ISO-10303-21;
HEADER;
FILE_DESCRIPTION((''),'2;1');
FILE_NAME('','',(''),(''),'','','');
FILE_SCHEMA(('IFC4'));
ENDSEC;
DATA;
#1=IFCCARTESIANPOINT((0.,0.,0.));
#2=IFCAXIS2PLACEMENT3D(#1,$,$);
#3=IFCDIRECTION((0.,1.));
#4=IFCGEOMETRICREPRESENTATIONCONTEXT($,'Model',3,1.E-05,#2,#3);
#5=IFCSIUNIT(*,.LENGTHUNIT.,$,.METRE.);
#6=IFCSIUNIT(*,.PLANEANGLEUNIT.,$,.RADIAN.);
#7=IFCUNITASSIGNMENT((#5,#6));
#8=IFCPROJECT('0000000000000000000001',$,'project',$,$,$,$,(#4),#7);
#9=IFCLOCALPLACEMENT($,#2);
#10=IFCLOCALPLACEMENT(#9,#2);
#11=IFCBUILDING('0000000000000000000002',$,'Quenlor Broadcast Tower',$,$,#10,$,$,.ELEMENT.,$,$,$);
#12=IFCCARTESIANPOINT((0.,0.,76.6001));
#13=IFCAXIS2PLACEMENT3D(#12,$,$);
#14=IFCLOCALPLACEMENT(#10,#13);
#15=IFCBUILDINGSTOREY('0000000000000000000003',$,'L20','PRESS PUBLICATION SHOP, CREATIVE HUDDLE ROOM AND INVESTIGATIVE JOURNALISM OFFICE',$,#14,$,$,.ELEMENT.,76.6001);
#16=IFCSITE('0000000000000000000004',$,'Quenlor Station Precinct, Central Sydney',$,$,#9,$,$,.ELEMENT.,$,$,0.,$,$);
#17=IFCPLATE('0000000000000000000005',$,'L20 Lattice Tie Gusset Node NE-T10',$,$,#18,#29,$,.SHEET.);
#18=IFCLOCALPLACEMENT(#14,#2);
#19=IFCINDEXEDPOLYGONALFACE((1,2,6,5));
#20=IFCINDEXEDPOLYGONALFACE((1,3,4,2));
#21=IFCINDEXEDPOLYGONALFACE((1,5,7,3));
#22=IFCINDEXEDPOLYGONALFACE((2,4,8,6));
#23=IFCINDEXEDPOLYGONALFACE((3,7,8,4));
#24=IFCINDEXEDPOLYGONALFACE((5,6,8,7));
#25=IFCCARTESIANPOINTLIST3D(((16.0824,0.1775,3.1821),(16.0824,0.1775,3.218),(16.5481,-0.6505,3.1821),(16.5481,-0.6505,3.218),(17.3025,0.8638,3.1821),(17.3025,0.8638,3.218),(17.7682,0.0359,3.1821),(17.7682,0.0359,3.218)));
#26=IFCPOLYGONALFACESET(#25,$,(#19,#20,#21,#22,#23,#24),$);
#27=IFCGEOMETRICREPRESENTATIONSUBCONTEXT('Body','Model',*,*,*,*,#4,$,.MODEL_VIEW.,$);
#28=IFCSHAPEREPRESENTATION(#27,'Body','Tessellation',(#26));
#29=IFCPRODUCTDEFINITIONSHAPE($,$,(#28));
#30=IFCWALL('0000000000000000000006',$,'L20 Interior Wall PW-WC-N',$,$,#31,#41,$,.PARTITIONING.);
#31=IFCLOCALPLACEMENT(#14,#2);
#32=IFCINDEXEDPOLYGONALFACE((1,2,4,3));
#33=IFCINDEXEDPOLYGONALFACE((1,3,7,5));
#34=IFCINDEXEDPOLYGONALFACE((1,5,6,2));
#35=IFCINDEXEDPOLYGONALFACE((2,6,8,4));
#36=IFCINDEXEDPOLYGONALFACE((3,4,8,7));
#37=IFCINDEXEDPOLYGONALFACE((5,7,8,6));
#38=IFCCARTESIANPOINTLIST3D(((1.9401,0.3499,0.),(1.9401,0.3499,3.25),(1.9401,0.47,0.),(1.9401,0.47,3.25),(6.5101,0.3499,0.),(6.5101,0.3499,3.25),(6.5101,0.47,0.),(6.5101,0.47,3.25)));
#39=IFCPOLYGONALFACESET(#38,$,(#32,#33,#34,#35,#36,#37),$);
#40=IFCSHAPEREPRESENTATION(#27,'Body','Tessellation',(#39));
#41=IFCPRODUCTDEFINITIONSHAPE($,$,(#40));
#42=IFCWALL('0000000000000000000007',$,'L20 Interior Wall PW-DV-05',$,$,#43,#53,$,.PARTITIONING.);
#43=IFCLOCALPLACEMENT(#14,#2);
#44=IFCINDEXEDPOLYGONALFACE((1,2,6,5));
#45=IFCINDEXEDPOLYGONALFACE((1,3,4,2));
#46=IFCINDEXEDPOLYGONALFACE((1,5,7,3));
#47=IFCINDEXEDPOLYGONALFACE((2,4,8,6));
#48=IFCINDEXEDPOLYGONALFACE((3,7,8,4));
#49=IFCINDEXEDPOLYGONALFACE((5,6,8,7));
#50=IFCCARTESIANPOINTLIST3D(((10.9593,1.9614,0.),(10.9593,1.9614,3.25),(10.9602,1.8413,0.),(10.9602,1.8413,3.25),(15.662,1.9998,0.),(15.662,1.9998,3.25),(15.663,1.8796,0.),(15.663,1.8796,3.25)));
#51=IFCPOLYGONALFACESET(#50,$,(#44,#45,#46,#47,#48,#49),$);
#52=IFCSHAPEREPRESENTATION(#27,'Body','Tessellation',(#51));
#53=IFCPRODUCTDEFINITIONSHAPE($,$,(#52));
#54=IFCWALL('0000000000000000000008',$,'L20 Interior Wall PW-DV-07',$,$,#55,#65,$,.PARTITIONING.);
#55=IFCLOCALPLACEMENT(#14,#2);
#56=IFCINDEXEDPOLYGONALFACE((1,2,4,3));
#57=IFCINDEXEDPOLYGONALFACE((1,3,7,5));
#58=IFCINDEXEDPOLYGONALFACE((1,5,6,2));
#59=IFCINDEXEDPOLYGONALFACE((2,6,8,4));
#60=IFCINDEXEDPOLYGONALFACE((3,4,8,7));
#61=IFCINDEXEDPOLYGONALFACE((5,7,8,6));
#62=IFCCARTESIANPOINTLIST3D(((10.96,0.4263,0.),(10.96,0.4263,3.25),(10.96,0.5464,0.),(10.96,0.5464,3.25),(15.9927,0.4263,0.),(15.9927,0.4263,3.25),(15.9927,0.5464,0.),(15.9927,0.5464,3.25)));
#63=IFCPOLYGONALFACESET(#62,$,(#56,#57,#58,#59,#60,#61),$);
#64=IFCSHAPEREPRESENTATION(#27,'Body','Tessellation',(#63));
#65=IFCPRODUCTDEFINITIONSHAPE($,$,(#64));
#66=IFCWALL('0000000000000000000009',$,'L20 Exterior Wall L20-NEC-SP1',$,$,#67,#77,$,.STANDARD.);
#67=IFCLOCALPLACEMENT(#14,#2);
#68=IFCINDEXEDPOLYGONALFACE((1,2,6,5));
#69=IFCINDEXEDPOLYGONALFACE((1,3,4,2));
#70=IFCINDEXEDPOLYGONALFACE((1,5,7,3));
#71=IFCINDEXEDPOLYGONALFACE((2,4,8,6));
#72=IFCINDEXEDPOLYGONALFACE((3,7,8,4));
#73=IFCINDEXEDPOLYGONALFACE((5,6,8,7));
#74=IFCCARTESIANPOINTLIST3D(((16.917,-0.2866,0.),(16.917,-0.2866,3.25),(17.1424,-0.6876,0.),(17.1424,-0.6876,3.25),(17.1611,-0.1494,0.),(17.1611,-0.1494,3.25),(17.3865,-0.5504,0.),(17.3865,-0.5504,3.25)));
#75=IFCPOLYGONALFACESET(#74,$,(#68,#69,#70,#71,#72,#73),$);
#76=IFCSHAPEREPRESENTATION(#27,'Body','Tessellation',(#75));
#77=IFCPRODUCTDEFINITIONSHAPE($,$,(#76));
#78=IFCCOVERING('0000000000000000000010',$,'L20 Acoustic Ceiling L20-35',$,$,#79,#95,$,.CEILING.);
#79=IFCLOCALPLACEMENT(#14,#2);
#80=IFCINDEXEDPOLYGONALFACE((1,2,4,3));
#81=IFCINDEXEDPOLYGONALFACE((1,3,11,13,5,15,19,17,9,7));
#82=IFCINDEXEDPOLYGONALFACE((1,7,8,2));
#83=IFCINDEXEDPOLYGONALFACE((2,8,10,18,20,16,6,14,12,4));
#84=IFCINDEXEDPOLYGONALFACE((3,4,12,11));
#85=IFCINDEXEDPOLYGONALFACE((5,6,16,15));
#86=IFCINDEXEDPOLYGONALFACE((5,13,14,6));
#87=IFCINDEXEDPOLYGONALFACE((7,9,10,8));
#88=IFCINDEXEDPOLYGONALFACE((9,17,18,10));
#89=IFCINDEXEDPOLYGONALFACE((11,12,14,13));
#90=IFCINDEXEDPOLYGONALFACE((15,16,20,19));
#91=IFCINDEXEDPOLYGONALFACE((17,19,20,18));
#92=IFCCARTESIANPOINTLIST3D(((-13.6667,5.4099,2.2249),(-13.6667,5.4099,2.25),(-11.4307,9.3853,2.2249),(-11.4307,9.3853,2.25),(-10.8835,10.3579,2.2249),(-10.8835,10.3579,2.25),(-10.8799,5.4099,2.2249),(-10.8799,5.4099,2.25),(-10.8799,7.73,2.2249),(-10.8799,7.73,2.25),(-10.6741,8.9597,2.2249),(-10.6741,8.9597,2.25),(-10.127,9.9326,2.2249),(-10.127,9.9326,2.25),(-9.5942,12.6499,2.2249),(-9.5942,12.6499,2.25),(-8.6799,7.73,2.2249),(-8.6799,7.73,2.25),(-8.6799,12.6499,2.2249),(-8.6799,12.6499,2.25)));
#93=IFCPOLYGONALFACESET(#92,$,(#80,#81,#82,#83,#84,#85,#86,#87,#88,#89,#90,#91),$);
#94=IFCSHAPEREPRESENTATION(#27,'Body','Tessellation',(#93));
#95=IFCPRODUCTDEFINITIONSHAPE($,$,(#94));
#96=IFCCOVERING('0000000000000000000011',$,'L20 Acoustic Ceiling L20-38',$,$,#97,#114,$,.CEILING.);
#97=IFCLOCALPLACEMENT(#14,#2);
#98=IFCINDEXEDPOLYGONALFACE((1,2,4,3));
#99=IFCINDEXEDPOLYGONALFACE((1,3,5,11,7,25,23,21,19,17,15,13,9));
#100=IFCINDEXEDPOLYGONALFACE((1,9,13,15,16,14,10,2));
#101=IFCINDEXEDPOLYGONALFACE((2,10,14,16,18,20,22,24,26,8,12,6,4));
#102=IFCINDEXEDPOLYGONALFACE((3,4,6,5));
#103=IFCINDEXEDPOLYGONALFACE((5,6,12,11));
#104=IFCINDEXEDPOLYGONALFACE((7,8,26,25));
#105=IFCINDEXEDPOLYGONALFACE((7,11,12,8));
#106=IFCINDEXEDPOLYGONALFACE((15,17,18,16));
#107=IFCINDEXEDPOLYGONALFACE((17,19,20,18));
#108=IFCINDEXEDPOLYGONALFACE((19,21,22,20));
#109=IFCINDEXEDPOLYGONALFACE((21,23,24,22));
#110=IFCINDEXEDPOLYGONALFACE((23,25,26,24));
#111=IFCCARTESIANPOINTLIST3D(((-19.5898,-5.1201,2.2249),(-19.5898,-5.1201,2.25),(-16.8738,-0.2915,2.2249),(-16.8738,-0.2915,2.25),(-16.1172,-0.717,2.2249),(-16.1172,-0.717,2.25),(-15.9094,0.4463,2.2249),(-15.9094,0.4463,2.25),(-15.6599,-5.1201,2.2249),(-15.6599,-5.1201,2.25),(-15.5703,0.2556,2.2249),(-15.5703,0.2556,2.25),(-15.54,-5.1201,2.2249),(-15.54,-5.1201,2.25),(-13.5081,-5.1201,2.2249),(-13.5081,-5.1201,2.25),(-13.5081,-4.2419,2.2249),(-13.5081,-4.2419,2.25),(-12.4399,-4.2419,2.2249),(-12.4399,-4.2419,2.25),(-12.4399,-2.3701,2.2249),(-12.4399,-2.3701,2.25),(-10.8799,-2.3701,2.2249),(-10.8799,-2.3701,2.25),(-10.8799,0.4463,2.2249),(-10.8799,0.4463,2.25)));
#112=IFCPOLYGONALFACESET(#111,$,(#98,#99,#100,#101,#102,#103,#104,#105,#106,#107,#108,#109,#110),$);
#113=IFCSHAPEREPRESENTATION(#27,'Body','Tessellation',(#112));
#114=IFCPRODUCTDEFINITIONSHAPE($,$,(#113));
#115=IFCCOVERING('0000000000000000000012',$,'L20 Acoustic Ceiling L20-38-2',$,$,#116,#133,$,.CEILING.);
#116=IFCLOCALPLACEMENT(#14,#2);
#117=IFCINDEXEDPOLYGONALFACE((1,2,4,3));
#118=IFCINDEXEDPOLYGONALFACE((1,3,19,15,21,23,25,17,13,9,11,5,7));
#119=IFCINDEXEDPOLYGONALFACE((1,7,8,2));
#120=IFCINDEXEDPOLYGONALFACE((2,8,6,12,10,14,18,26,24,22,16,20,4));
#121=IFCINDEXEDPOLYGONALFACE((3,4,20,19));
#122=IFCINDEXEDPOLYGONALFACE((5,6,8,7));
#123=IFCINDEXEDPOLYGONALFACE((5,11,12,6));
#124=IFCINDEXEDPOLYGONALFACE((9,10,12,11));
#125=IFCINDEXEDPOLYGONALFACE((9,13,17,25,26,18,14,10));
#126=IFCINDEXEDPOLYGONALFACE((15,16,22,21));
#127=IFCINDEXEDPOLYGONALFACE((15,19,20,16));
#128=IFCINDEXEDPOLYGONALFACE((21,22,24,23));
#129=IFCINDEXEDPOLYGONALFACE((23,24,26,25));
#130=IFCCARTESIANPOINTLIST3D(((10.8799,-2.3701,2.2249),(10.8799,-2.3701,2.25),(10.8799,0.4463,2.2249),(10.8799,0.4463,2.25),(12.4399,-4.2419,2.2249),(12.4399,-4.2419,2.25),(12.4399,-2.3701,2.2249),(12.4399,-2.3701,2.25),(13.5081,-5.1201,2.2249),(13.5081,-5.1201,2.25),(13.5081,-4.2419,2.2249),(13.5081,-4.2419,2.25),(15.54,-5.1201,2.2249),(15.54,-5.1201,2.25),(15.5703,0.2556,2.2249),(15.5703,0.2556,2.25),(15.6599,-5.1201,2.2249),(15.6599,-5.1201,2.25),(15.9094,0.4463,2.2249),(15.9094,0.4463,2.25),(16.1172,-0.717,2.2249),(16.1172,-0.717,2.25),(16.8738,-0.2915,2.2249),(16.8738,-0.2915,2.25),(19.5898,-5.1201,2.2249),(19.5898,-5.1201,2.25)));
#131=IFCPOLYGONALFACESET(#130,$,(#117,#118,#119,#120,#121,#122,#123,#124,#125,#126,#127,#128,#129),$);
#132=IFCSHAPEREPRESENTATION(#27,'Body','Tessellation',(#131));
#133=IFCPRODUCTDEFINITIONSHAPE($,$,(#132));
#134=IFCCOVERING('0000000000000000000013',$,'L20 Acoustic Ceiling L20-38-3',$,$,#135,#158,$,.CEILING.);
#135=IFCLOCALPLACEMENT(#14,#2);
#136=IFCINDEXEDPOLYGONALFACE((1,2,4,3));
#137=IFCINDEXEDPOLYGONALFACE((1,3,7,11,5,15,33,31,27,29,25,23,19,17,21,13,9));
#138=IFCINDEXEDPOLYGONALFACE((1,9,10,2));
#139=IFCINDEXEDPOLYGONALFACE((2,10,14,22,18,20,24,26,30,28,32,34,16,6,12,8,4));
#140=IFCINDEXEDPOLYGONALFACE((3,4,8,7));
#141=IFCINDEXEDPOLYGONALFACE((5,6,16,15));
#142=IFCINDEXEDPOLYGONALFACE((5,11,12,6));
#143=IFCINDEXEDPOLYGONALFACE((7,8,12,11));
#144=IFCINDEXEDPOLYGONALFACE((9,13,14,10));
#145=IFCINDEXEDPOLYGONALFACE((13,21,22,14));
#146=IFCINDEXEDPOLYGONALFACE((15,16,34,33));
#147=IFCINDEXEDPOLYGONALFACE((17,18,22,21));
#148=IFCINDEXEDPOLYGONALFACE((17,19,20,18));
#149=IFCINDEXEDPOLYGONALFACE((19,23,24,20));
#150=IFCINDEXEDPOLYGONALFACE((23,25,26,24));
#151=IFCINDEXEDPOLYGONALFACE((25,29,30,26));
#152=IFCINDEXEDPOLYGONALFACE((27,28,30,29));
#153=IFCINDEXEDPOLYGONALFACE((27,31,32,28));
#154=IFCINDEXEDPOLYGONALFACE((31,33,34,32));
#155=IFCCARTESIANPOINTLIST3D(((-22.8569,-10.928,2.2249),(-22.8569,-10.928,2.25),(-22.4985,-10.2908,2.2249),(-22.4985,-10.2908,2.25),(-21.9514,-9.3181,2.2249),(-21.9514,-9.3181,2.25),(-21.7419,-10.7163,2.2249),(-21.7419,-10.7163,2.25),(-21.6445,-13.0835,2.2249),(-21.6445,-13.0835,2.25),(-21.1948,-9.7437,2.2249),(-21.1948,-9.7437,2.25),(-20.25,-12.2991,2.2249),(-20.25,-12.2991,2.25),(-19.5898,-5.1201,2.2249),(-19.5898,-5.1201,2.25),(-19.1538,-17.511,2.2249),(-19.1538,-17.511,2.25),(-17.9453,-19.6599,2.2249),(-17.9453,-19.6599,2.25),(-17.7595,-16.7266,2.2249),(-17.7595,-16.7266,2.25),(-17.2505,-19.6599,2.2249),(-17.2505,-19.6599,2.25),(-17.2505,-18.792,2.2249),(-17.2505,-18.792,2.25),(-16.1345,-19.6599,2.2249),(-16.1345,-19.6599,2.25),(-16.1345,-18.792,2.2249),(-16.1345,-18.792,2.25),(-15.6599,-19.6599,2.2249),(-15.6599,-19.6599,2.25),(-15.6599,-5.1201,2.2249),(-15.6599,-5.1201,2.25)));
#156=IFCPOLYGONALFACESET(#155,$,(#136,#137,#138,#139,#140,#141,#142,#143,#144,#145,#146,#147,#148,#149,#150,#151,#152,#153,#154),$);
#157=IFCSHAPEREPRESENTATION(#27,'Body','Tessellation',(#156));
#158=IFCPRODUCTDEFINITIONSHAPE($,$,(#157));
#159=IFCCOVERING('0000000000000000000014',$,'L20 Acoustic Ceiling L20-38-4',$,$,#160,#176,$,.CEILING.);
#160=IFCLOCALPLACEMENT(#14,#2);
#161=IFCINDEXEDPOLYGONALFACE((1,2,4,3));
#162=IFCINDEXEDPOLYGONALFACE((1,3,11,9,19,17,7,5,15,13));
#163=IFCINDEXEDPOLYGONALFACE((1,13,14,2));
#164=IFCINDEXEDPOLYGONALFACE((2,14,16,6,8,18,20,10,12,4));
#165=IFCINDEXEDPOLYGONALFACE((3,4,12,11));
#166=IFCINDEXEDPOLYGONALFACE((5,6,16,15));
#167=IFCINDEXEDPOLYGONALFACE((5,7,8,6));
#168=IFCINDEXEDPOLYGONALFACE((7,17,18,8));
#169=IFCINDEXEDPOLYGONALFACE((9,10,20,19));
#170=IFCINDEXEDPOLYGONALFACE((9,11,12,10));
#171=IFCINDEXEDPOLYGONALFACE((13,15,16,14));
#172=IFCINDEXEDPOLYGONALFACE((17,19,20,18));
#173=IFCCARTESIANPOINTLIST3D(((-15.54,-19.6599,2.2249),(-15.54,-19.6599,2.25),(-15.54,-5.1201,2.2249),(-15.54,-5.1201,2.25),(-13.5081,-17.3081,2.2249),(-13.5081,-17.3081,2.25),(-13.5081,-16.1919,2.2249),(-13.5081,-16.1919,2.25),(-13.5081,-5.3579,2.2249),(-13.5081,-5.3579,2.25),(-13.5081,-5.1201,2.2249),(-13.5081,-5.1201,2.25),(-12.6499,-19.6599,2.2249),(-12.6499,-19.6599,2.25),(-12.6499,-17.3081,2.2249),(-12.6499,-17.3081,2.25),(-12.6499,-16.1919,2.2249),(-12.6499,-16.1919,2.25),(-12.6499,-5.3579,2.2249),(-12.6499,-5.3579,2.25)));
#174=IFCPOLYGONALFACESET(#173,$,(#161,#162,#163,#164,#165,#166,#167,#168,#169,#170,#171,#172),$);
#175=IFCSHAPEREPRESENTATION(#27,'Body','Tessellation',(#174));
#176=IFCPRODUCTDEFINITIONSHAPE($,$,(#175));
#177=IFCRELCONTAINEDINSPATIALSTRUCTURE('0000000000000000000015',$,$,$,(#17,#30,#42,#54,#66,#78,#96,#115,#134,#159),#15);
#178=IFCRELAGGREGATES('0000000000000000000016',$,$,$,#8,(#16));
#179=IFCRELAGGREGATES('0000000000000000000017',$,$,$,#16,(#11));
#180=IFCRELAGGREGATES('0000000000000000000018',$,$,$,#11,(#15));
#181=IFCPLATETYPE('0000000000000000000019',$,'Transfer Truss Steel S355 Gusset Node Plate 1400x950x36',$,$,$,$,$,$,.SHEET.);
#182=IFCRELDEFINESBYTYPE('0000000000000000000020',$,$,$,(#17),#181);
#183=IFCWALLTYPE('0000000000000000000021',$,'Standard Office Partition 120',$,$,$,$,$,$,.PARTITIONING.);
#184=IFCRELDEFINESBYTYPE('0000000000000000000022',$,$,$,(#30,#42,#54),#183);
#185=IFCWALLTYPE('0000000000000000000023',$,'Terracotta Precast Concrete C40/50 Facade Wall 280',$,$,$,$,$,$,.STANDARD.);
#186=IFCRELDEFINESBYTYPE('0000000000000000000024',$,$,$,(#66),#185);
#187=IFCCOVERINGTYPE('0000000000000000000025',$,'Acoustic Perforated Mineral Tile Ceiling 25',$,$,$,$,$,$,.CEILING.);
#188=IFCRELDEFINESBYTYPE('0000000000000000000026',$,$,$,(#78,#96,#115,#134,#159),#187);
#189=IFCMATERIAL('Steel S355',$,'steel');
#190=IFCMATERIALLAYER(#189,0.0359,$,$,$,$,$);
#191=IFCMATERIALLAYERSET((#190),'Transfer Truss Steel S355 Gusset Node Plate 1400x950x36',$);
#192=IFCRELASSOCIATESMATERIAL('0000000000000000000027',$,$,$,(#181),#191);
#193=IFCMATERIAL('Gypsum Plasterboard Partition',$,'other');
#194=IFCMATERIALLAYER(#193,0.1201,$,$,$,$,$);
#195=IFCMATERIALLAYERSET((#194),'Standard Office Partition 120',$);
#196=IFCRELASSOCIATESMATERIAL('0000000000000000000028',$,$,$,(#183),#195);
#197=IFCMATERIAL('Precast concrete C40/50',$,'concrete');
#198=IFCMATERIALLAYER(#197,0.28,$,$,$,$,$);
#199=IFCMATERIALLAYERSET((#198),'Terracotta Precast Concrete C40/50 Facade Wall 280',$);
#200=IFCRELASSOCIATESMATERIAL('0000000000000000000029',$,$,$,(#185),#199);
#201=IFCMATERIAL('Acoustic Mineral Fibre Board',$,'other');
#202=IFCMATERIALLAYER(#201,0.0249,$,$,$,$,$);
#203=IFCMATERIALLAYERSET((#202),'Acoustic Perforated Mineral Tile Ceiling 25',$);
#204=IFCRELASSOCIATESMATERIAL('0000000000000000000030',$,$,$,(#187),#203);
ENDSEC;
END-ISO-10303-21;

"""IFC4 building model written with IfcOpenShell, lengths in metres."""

from ifc_helpers import new_model, si_unit, direction, frame, frame_2d, origin, origin_2d, place, context, subcontext, project, spatial, polyline, rectangle, outline, extrude, material, layer, layer_set, type_object, element, save


model = new_model("IFC4")

# Units and contexts
model_context = context("Model", 3, precision=1e-05, world=origin(), true_north=direction((0.0, 1.0)))
body_context = subcontext(model_context, "Body", "Model", "MODEL_VIEW")
ifc_project = project(units=[si_unit("LENGTHUNIT", "METRE"), si_unit("PLANEANGLEUNIT", "RADIAN")], contexts=[model_context])

# Site, building, storey
site_placement = place(None, origin())
site = spatial("IfcSite", under=ifc_project, at=site_placement, Name="Quenlor Station Precinct, Central Sydney", CompositionType="ELEMENT", RefElevation=0.0)
building_placement = place(site_placement, origin())
building = spatial("IfcBuilding", under=site, at=building_placement, Name="Quenlor Broadcast Tower", CompositionType="ELEMENT")
storey_placement = place(building_placement, frame((0.0, 0.0, 76.6001)))
storey = spatial("IfcBuildingStorey", under=building, at=storey_placement, Name="L20", Description="PRESS PUBLICATION SHOP, CREATIVE HUDDLE ROOM AND INVESTIGATIVE JOURNALISM OFFICE", CompositionType="ELEMENT", Elevation=76.6001)

# Plate
ifc_material_1 = material(Name="Steel S355", Category="steel")
ifc_layer_1 = layer(ifc_material_1, 0.0359)
ifc_layer_set_1 = layer_set([ifc_layer_1], Name="Transfer Truss Steel S355 Gusset Node Plate 1400x950x36")
plate_type_1 = type_object("IfcPlateType", Name="Transfer Truss Steel S355 Gusset Node Plate 1400x950x36", PredefinedType="SHEET", material=ifc_layer_set_1)
for number, where, z_axis, x_axis, name in (
    (1, (16.9253, 0.1067, 3.1821), (0.0, 0.0, 1.0), (0.871556, 0.490295, 0.0), "L20 Lattice Tie Gusset Node NE-T10"),
):
    element("IfcPlate", number, at=place(storey_placement, frame(where, z_axis=z_axis, x_axis=x_axis)), inside=storey, type_object=plate_type_1, Name=name, PredefinedType="SHEET", context=body_context, shape_type="SweptSolid", body=[
        extrude(rectangle(XDim=1.3999, YDim=0.95, at=origin_2d()), origin(), (0.0, 0.0, 1.0), 0.0359),
    ])

# Walls
ifc_material_2 = material(Name="Gypsum Plasterboard Partition", Category="other")
ifc_layer_2 = layer(ifc_material_2, 0.1201)
ifc_layer_set_2 = layer_set([ifc_layer_2], Name="Standard Office Partition 120")
wall_type_1 = type_object("IfcWallType", Name="Standard Office Partition 120", PredefinedType="PARTITIONING", material=ifc_layer_set_2)
wall_1_placement = place(storey_placement, frame((1.9399, 0.4099, 0.0), z_axis=(0.0, 0.0, 1.0), x_axis=(1.0, 0.0, 0.0)))
element("IfcWall", 2, at=wall_1_placement, inside=storey, type_object=wall_type_1, Name="L20 Interior Wall PW-WC-N", PredefinedType="PARTITIONING", context=body_context, shape_type="SweptSolid", body=[
    extrude(rectangle(XDim=4.5701, YDim=0.1201, at=frame_2d((2.2852, 0.0))), origin(), (0.0, 0.0, 1.0), 3.25),
])
wall_2_placement = place(storey_placement, frame((15.6626, 1.9397, 0.0), z_axis=(0.0, 0.0, 1.0), x_axis=(-0.999967, -0.00815, 0.0)))
element("IfcWall", 3, at=wall_2_placement, inside=storey, type_object=wall_type_1, Name="L20 Interior Wall PW-DV-05", PredefinedType="PARTITIONING", context=body_context, shape_type="SweptSolid", body=[
    extrude(rectangle(XDim=4.7029, YDim=0.1201, at=frame_2d((2.3516, 0.0))), origin(), (0.0, 0.0, 1.0), 3.25),
])
wall_3_placement = place(storey_placement, frame((15.9927, 0.4863, 0.0), z_axis=(0.0, 0.0, 1.0), x_axis=(-1.0, 0.0, 0.0)))
element("IfcWall", 4, at=wall_3_placement, inside=storey, type_object=wall_type_1, Name="L20 Interior Wall PW-DV-07", PredefinedType="PARTITIONING", context=body_context, shape_type="SweptSolid", body=[
    extrude(rectangle(XDim=5.0327, YDim=0.1201, at=frame_2d((2.5164, 0.0))), origin(), (0.0, 0.0, 1.0), 3.25),
])
ifc_material_3 = material(Name="Precast concrete C40/50", Category="concrete")
ifc_layer_3 = layer(ifc_material_3, 0.28)
ifc_layer_set_3 = layer_set([ifc_layer_3], Name="Terracotta Precast Concrete C40/50 Facade Wall 280")
wall_type_2 = type_object("IfcWallType", Name="Terracotta Precast Concrete C40/50 Facade Wall 280", PredefinedType="STANDARD", material=ifc_layer_set_3)
wall_4_placement = place(storey_placement, frame((17.0391, -0.218, 0.0), z_axis=(0.0, 0.0, 1.0), x_axis=(0.490009, -0.871717, 0.0)))
element("IfcWall", 5, at=wall_4_placement, inside=storey, type_object=wall_type_2, Name="L20 Exterior Wall L20-NEC-SP1", PredefinedType="STANDARD", context=body_context, shape_type="SweptSolid", body=[
    extrude(rectangle(XDim=0.46, YDim=0.28, at=frame_2d((0.23, 0.0))), origin(), (0.0, 0.0, 1.0), 3.25),
])

# Coverings
ifc_material_4 = material(Name="Acoustic Mineral Fibre Board", Category="other")
ifc_layer_4 = layer(ifc_material_4, 0.0249)
ifc_layer_set_4 = layer_set([ifc_layer_4], Name="Acoustic Perforated Mineral Tile Ceiling 25")
covering_type = type_object("IfcCoveringType", Name="Acoustic Perforated Mineral Tile Ceiling 25", PredefinedType="CEILING", material=ifc_layer_set_4)
covering_1_placement = place(storey_placement, frame((0.0, 0.0, 2.2249)))
element("IfcCovering", 6, at=covering_1_placement, inside=storey, type_object=covering_type, Name="L20 Acoustic Ceiling L20-35", PredefinedType="CEILING", context=body_context, shape_type="SweptSolid", body=[
    extrude(outline(polyline([(-10.8799, 5.4099), (-13.6667, 5.4099), (-11.4307, 9.3853), (-10.6741, 8.9597), (-10.127, 9.9326), (-10.8835, 10.3579), (-9.5942, 12.6499), (-8.6799, 12.6499), (-8.6799, 7.73), (-10.8799, 7.73), (-10.8799, 5.4099)])), origin(), (0.0, 0.0, 1.0), 0.0251),
])
covering_2_placement = place(storey_placement, frame((0.0, 0.0, 2.2249)))
element("IfcCovering", 7, at=covering_2_placement, inside=storey, type_object=covering_type, Name="L20 Acoustic Ceiling L20-38", PredefinedType="CEILING", context=body_context, shape_type="SweptSolid", body=[
    extrude(outline(polyline([(-16.8738, -0.2915), (-16.1172, -0.717), (-15.5703, 0.2556), (-15.9094, 0.4463), (-10.8799, 0.4463), (-10.8799, -2.3701), (-12.4399, -2.3701), (-12.4399, -4.2419), (-13.5081, -4.2419), (-13.5081, -5.1201), (-15.54, -5.1201), (-15.6599, -5.1201), (-19.5898, -5.1201), (-16.8738, -0.2915)])), origin(), (0.0, 0.0, 1.0), 0.0251),
])
covering_3_placement = place(storey_placement, frame((0.0, 0.0, 2.2249)))
element("IfcCovering", 8, at=covering_3_placement, inside=storey, type_object=covering_type, Name="L20 Acoustic Ceiling L20-38-2", PredefinedType="CEILING", context=body_context, shape_type="SweptSolid", body=[
    extrude(outline(polyline([(13.5081, -4.2419), (12.4399, -4.2419), (12.4399, -2.3701), (10.8799, -2.3701), (10.8799, 0.4463), (15.9094, 0.4463), (15.5703, 0.2556), (16.1172, -0.717), (16.8738, -0.2915), (19.5898, -5.1201), (15.6599, -5.1201), (15.54, -5.1201), (13.5081, -5.1201), (13.5081, -4.2419)])), origin(), (0.0, 0.0, 1.0), 0.0251),
])
covering_4_placement = place(storey_placement, frame((0.0, 0.0, 2.2249)))
element("IfcCovering", 9, at=covering_4_placement, inside=storey, type_object=covering_type, Name="L20 Acoustic Ceiling L20-38-3", PredefinedType="CEILING", context=body_context, shape_type="SweptSolid", body=[
    extrude(outline(polyline([(-22.8569, -10.928), (-22.4985, -10.2908), (-21.7419, -10.7163), (-21.1948, -9.7437), (-21.9514, -9.3181), (-19.5898, -5.1201), (-15.6599, -5.1201), (-15.6599, -19.6599), (-16.1345, -19.6599), (-16.1345, -18.792), (-17.2505, -18.792), (-17.2505, -19.6599), (-17.9453, -19.6599), (-19.1538, -17.511), (-17.7595, -16.7266), (-20.25, -12.2991), (-21.6445, -13.0835), (-22.8569, -10.928)])), origin(), (0.0, 0.0, 1.0), 0.0251),
])
covering_5_placement = place(storey_placement, frame((0.0, 0.0, 2.2249)))
element("IfcCovering", 10, at=covering_5_placement, inside=storey, type_object=covering_type, Name="L20 Acoustic Ceiling L20-38-4", PredefinedType="CEILING", context=body_context, shape_type="SweptSolid", body=[
    extrude(outline(polyline([(-13.5081, -5.3579), (-12.6499, -5.3579), (-12.6499, -16.1919), (-13.5081, -16.1919), (-13.5081, -17.3081), (-12.6499, -17.3081), (-12.6499, -19.6599), (-15.54, -19.6599), (-15.54, -5.1201), (-13.5081, -5.1201), (-13.5081, -5.3579)])), origin(), (0.0, 0.0, 1.0), 0.0251),
])

save(model, "model.ifc")
